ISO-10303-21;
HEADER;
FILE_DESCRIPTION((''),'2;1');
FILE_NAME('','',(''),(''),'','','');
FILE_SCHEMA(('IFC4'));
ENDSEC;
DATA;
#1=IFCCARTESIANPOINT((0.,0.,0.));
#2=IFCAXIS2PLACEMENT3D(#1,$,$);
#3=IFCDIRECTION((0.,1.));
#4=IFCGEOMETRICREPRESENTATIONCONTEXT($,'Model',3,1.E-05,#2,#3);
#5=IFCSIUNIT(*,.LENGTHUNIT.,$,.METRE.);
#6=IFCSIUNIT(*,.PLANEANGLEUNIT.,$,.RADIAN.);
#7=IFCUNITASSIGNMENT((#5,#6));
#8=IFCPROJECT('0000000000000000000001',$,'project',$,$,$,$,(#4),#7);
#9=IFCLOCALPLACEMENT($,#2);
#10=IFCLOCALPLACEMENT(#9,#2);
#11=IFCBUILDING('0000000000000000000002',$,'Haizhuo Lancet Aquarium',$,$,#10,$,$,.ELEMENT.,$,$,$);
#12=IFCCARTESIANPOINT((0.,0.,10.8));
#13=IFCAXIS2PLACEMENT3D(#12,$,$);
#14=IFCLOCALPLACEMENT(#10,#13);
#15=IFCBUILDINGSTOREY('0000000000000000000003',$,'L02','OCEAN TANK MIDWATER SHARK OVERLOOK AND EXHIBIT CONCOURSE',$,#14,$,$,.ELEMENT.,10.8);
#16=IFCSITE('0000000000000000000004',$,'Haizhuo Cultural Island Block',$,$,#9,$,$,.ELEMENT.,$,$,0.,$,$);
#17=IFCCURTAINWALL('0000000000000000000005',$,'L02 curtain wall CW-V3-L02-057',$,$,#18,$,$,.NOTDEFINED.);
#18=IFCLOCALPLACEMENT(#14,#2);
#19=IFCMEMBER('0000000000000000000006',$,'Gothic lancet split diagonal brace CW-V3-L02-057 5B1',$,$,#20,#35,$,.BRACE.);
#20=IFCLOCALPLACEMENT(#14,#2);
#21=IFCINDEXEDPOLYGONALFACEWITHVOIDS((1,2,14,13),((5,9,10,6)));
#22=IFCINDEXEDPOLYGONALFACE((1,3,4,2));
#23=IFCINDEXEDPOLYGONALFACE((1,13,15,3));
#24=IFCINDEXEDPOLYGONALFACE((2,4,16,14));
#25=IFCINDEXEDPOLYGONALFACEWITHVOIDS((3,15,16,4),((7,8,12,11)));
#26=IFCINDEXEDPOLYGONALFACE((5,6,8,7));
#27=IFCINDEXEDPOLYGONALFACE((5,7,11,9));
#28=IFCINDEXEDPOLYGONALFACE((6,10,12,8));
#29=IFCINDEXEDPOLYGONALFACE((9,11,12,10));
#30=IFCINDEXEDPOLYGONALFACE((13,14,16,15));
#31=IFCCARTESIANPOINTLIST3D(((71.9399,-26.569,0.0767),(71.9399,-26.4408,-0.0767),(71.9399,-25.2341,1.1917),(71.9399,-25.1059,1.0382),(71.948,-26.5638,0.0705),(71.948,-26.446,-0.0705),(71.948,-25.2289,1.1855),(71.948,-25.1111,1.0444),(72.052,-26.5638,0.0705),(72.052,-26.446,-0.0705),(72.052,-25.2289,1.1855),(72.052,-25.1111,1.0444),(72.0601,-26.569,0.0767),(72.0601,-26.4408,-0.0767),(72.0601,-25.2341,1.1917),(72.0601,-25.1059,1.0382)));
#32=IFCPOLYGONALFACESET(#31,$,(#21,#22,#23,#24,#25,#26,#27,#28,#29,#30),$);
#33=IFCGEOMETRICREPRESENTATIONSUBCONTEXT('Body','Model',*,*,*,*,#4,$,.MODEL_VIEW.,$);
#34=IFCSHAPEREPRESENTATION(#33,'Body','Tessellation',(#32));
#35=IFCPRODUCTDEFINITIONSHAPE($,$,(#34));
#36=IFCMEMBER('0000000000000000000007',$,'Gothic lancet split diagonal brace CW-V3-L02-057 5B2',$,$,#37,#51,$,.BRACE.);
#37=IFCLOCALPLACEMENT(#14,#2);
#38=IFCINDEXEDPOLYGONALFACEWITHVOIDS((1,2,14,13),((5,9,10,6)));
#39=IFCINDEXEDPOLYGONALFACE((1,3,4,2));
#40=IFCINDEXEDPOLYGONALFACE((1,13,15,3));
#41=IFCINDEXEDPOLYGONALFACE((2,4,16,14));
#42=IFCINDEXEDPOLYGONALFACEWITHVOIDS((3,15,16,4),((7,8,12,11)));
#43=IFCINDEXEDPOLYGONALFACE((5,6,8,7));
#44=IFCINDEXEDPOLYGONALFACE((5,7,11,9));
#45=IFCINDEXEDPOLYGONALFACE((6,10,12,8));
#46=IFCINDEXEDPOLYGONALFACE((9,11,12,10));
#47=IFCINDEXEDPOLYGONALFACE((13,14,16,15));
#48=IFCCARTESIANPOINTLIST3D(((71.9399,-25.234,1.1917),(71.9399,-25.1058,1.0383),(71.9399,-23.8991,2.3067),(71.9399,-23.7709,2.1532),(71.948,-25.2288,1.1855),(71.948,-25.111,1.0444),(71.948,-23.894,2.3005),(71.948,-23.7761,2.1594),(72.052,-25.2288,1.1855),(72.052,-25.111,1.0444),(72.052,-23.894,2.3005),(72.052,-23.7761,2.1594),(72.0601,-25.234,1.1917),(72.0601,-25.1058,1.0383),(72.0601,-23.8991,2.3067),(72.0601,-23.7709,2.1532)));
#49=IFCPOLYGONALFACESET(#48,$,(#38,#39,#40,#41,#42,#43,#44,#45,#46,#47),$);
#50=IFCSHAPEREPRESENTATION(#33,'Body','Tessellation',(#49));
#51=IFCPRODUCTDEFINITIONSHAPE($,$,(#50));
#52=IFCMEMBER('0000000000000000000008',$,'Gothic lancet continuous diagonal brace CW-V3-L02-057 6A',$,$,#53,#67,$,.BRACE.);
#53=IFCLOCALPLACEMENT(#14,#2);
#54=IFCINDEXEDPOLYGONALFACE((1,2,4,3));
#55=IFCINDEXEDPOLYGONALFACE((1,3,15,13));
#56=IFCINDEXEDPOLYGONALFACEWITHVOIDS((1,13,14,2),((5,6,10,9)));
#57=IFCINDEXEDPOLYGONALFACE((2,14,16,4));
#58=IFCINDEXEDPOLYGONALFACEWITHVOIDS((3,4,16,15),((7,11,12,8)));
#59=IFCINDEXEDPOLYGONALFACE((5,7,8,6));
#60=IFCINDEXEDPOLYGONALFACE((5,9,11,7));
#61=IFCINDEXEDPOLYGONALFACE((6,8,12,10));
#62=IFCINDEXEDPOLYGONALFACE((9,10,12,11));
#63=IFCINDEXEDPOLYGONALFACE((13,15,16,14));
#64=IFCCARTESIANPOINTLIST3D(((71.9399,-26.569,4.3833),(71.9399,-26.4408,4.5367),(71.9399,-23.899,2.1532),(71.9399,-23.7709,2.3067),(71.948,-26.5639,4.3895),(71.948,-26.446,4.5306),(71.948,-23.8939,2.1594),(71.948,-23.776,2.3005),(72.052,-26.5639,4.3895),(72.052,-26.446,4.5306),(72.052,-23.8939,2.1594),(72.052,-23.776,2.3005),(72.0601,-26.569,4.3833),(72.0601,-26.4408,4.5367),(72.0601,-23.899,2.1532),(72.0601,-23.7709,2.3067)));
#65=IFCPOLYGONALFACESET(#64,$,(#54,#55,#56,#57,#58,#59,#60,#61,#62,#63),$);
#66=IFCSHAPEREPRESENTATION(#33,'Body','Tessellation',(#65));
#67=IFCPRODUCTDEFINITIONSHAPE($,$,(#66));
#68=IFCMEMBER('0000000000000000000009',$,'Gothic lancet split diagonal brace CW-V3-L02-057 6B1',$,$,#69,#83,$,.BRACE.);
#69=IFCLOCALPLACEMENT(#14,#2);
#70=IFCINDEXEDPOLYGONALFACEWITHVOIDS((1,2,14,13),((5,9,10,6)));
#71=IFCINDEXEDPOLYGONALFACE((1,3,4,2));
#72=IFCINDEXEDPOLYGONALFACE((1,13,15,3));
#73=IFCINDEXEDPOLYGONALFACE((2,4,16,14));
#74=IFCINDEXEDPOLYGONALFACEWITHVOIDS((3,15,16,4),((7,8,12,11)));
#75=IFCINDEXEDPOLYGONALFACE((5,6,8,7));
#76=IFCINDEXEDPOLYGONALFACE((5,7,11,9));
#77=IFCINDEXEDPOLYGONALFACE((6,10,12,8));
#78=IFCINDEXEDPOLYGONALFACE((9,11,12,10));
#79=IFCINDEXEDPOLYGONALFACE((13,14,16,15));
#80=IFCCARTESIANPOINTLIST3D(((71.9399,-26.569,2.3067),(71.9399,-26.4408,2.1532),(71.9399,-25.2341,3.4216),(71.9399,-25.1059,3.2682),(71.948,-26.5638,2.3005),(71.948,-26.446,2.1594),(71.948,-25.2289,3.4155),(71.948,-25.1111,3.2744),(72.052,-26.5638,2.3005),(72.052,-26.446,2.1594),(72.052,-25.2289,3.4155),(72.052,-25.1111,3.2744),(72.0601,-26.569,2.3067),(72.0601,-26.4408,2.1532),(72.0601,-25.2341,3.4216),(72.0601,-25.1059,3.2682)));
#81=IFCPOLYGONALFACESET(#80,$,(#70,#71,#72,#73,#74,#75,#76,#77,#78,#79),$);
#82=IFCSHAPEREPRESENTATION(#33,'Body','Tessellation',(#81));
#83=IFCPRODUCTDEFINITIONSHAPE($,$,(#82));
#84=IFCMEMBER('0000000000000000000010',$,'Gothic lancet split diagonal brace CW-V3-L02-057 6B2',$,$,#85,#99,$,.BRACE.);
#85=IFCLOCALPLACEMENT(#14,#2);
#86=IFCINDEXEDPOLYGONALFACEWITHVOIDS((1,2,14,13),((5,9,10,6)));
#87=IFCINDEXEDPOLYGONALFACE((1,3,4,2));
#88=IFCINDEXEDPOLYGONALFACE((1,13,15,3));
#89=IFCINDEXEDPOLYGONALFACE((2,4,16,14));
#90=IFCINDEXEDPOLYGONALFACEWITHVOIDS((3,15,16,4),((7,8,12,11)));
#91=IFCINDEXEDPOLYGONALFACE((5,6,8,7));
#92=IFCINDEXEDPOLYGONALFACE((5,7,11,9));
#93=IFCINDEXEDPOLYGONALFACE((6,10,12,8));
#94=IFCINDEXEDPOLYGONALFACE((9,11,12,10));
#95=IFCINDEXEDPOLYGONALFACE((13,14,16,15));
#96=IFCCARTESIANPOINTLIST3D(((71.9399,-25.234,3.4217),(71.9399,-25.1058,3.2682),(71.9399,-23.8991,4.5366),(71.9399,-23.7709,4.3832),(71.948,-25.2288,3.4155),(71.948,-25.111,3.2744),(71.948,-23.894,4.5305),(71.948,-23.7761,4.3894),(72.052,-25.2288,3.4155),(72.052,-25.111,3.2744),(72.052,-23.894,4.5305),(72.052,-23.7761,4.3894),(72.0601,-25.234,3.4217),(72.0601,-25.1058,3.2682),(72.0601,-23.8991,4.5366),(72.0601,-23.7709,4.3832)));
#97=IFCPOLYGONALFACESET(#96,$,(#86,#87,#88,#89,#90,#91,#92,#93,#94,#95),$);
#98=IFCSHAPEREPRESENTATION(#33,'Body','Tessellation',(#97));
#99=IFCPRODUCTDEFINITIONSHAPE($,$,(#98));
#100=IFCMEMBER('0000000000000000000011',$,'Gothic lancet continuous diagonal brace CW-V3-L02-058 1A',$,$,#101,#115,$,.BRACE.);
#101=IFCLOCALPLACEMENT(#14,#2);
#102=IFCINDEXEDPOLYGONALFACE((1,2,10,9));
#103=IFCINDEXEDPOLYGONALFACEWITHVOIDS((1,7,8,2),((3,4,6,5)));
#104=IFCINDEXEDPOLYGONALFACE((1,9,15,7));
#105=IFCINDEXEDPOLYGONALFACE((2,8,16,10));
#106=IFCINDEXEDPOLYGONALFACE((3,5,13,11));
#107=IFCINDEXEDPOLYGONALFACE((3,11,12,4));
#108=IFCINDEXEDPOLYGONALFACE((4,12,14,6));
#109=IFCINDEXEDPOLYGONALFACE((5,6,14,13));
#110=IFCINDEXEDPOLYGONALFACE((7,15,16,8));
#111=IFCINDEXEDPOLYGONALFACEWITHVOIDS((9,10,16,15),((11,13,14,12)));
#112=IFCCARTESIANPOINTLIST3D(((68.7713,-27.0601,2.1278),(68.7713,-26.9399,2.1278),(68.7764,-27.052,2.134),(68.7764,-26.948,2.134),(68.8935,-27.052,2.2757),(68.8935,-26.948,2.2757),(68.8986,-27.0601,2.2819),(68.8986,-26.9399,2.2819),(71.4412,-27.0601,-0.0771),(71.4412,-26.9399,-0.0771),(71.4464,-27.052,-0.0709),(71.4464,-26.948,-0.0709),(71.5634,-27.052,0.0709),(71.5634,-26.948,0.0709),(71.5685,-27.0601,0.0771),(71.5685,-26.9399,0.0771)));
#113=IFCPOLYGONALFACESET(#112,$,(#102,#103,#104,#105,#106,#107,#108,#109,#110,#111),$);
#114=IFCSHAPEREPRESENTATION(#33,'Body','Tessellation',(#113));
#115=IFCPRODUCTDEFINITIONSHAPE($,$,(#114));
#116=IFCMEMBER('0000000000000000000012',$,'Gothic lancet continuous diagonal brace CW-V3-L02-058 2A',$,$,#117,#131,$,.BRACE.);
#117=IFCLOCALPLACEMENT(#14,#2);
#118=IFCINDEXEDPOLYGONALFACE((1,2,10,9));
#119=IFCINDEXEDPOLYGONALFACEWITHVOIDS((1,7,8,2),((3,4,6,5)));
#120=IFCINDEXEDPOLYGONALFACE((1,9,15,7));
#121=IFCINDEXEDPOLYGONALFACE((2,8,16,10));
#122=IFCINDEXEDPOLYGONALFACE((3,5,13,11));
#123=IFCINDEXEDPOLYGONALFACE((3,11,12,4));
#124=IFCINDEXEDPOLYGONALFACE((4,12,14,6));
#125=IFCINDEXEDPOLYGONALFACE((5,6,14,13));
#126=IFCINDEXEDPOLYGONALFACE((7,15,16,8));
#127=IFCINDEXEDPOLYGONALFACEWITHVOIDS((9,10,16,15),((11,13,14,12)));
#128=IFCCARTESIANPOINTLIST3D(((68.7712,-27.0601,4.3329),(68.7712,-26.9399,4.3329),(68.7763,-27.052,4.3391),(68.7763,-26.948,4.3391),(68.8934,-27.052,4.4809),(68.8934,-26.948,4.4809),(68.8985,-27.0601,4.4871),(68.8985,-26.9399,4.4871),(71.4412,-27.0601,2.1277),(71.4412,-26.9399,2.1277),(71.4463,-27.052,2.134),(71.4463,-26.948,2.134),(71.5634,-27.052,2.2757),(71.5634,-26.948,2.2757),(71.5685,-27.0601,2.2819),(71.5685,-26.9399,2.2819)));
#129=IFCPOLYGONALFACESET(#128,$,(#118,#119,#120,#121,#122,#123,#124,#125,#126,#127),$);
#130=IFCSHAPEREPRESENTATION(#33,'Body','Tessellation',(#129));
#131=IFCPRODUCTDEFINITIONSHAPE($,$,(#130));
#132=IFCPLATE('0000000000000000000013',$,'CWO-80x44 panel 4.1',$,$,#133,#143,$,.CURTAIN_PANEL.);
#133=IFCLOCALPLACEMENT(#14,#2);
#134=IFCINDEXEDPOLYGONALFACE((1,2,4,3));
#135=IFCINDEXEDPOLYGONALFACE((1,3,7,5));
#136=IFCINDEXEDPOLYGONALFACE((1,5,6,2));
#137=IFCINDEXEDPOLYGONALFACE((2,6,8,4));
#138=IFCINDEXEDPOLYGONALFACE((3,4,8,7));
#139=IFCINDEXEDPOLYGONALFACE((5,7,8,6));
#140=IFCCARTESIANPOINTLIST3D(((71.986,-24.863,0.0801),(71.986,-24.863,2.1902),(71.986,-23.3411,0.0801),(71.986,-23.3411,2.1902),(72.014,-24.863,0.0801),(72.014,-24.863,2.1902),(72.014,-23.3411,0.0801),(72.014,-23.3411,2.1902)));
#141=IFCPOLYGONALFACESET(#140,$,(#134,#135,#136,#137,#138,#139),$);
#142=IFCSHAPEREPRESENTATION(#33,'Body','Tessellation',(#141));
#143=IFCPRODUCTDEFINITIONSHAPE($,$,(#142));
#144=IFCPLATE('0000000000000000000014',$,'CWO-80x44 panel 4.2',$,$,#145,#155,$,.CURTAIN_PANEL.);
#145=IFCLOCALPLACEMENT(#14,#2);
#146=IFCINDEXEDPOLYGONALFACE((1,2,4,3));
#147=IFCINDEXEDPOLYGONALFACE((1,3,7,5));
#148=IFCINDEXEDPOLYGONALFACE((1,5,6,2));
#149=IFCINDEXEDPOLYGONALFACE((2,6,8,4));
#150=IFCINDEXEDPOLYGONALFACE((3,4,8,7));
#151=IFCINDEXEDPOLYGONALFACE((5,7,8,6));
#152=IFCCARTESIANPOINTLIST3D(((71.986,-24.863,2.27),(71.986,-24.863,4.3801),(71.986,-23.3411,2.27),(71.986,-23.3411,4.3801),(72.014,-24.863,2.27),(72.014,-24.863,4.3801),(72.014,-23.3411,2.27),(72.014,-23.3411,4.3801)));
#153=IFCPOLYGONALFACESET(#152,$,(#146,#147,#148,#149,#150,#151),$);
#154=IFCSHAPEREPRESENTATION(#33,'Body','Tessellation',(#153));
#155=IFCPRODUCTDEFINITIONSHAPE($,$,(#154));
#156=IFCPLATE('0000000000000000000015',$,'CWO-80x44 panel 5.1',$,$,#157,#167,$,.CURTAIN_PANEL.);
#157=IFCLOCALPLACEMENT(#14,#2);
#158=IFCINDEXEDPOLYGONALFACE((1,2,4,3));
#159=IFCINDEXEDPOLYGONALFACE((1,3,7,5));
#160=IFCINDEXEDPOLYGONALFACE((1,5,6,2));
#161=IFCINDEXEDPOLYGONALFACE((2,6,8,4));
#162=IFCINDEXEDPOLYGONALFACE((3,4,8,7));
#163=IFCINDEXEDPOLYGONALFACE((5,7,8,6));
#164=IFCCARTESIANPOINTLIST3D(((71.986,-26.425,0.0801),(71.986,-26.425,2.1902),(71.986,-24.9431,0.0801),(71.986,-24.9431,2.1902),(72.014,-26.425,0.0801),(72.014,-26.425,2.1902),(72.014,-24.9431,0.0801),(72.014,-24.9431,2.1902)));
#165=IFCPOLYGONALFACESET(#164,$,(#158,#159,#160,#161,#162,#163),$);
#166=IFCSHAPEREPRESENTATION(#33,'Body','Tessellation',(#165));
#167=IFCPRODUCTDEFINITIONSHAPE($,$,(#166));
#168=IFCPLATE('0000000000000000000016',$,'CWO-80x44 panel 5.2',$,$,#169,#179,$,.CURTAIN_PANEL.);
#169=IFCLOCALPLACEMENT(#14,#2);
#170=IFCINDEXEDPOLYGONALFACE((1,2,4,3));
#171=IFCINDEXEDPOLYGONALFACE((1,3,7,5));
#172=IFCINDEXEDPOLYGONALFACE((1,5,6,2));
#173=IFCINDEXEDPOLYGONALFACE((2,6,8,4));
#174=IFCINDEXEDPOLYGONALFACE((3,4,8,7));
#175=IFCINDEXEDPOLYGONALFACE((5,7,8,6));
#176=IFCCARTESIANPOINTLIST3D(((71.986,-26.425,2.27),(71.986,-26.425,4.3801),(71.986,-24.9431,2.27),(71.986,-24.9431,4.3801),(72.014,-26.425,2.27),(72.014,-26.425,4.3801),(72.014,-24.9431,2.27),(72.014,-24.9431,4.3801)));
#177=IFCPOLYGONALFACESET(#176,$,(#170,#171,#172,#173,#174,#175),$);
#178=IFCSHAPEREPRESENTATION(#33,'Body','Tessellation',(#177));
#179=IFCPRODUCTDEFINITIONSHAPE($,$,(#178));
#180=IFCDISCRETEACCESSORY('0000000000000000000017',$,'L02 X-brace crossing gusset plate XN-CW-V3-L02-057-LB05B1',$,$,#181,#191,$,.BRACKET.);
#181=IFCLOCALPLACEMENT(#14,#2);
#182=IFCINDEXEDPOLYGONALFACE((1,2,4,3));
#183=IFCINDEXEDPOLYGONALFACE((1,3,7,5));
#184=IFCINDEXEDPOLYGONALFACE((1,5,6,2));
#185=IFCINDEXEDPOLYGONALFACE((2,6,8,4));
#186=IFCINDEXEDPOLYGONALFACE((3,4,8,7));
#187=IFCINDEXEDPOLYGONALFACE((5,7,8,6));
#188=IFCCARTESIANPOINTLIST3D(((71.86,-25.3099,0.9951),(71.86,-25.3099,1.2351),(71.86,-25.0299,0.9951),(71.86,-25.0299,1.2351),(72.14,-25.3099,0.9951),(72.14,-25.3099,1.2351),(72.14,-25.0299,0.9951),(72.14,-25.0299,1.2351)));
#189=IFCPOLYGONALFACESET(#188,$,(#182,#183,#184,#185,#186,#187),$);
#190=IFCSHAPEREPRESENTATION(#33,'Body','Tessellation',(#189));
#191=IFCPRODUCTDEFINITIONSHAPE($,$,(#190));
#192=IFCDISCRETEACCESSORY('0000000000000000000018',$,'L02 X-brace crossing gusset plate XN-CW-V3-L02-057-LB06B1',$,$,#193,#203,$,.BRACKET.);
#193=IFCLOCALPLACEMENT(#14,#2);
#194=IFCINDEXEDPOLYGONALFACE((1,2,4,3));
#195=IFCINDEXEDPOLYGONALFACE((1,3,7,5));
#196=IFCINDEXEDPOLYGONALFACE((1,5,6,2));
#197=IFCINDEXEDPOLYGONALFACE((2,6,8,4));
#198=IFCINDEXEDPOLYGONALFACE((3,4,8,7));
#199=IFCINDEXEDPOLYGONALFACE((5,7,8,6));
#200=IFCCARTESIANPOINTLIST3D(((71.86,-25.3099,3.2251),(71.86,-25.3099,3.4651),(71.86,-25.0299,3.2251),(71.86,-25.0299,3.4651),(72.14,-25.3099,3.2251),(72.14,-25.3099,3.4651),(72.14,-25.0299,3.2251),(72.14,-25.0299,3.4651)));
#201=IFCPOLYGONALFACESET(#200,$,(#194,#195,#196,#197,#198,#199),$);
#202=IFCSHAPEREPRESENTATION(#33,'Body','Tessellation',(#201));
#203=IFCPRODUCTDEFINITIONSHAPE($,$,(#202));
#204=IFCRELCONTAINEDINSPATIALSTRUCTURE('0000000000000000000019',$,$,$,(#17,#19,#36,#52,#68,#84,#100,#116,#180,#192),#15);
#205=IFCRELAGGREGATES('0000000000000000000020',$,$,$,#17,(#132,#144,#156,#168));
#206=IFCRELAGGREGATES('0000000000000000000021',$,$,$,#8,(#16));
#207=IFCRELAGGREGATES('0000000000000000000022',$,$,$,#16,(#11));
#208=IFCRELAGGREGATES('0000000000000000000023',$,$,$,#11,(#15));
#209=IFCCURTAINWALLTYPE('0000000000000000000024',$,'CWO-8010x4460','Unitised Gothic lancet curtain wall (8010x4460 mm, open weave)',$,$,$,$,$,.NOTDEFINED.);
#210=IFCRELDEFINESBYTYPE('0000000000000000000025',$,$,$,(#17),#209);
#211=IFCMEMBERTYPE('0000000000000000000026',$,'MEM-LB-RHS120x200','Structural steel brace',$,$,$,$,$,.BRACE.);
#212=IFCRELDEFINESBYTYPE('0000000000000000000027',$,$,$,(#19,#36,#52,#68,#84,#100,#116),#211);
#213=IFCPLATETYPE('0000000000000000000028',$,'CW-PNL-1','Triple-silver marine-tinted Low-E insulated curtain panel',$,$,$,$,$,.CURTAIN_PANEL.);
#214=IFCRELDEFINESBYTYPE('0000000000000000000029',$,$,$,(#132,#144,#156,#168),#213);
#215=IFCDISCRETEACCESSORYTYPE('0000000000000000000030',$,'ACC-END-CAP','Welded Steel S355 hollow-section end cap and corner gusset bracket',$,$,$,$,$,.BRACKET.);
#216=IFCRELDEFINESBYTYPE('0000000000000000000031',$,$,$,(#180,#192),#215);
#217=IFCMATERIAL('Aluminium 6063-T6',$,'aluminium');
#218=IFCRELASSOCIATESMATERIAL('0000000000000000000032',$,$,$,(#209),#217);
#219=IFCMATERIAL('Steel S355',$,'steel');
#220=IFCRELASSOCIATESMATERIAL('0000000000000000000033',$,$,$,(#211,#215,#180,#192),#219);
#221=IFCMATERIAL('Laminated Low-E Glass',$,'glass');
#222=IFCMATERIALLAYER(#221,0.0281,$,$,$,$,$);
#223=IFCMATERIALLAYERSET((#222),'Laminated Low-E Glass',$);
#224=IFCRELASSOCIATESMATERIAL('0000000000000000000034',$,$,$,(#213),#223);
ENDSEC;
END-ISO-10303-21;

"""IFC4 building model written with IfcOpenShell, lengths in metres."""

from ifc_helpers import new_model, si_unit, direction, frame, origin, origin_2d, place, context, subcontext, project, spatial, rectangle, hollow_rectangle, extrude, material, layer, layer_set, material_profile, profile_set, type_object, element, aggregate, save


model = new_model("IFC4")

# Units and contexts
model_context = context("Model", 3, precision=1e-05, world=origin(), true_north=direction((0.0, 1.0)))
body_context = subcontext(model_context, "Body", "Model", "MODEL_VIEW")
ifc_project = project(units=[si_unit("LENGTHUNIT", "METRE"), si_unit("PLANEANGLEUNIT", "RADIAN")], contexts=[model_context])

# Site, building, storey
site_placement = place(None, origin())
site = spatial("IfcSite", under=ifc_project, at=site_placement, Name="Haizhuo Cultural Island Block", CompositionType="ELEMENT", RefElevation=0.0)
building_placement = place(site_placement, origin())
building = spatial("IfcBuilding", under=site, at=building_placement, Name="Haizhuo Lancet Aquarium", CompositionType="ELEMENT")
storey_placement = place(building_placement, frame((0.0, 0.0, 10.8)))
storey = spatial("IfcBuildingStorey", under=building, at=storey_placement, Name="L02", Description="OCEAN TANK MIDWATER SHARK OVERLOOK AND EXHIBIT CONCOURSE", CompositionType="ELEMENT", Elevation=10.8)

# Shared definitions
ifc_material_1 = material(Name="Aluminium 6063-T6", Category="aluminium")

# Curtain wall
curtain_wall_type_1 = type_object("IfcCurtainWallType", Name="CWO-8010x4460", Description="Unitised Gothic lancet curtain wall (8010x4460 mm, open weave)", PredefinedType="NOTDEFINED", material=ifc_material_1)
curtain_wall_1_placement = place(storey_placement, origin())
curtain_wall_1 = element("IfcCurtainWall", 1, at=curtain_wall_1_placement, inside=storey, type_object=curtain_wall_type_1, Name="L02 curtain wall CW-V3-L02-057", PredefinedType="NOTDEFINED")

# Members
ifc_material_2 = material(Name="Steel S355", Category="steel")
ifc_material_profile_1 = material_profile(ifc_material_2, hollow_rectangle(XDim=0.1201, YDim=0.2, WallThickness=0.0081, at=origin_2d()), Name="RHS 120x200x8")
ifc_profile_set_1 = profile_set([ifc_material_profile_1], Name="Steel S355")
member_type_1 = type_object("IfcMemberType", Name="MEM-LB-RHS120x200", Description="Structural steel brace", PredefinedType="BRACE", material=ifc_profile_set_1)
for number, where, z_axis, x_axis, name in (
    (2, (72.0, -26.5049, 0.0), (0.0, 0.767507, 0.64104), (-1.0, 0.0, 0.0), "Gothic lancet split diagonal brace CW-V3-L02-057 5B1"),
    (3, (72.0, -25.1699, 1.115), (0.0, 0.767507, 0.64104), (-1.0, 0.0, 0.0), "Gothic lancet split diagonal brace CW-V3-L02-057 5B2"),
):
    element("IfcMember", number, at=place(storey_placement, frame(where, z_axis=z_axis, x_axis=x_axis)), inside=storey, type_object=member_type_1, Name=name, PredefinedType="BRACE", context=body_context, shape_type="SweptSolid", body=[
        extrude(hollow_rectangle(XDim=0.1201, YDim=0.2, WallThickness=0.0081, at=origin_2d()), origin(), (0.0, 0.0, 1.0), 1.7393),
    ])
member_1_placement = place(storey_placement, frame((72.0, -23.835, 2.23), z_axis=(0.0, -0.767507, 0.64104), x_axis=(1.0, 0.0, 0.0)))
element("IfcMember", 4, at=member_1_placement, inside=storey, type_object=member_type_1, Name="Gothic lancet continuous diagonal brace CW-V3-L02-057 6A", PredefinedType="BRACE", context=body_context, shape_type="SweptSolid", body=[
    extrude(hollow_rectangle(XDim=0.1201, YDim=0.2, WallThickness=0.0081, at=origin_2d()), origin(), (0.0, 0.0, 1.0), 3.4788),
])
for number, where, z_axis, x_axis, name in (
    (5, (72.0, -26.5049, 2.23), (0.0, 0.767507, 0.64104), (-1.0, 0.0, 0.0), "Gothic lancet split diagonal brace CW-V3-L02-057 6B1"),
    (6, (72.0, -25.1699, 3.345), (0.0, 0.767507, 0.64104), (-1.0, 0.0, 0.0), "Gothic lancet split diagonal brace CW-V3-L02-057 6B2"),
):
    element("IfcMember", number, at=place(storey_placement, frame(where, z_axis=z_axis, x_axis=x_axis)), inside=storey, type_object=member_type_1, Name=name, PredefinedType="BRACE", context=body_context, shape_type="SweptSolid", body=[
        extrude(hollow_rectangle(XDim=0.1201, YDim=0.2, WallThickness=0.0081, at=origin_2d()), origin(), (0.0, 0.0, 1.0), 1.7393),
    ])
member_2_placement = place(storey_placement, frame((71.5049, -27.0, 0.0), z_axis=(-0.771069, 0.0, 0.636752), x_axis=(0.0, -1.0, 0.0)))
element("IfcMember", 7, at=member_2_placement, inside=storey, type_object=member_type_1, Name="Gothic lancet continuous diagonal brace CW-V3-L02-058 1A", PredefinedType="BRACE", context=body_context, shape_type="SweptSolid", body=[
    extrude(hollow_rectangle(XDim=0.1201, YDim=0.2, WallThickness=0.0081, at=origin_2d()), origin(), (0.0, 0.0, 1.0), 3.4626),
])
member_3_placement = place(storey_placement, frame((71.5049, -27.0, 2.2048), z_axis=(-0.771034, 0.0, 0.636794), x_axis=(0.0, -1.0, 0.0)))
element("IfcMember", 8, at=member_3_placement, inside=storey, type_object=member_type_1, Name="Gothic lancet continuous diagonal brace CW-V3-L02-058 2A", PredefinedType="BRACE", context=body_context, shape_type="SweptSolid", body=[
    extrude(hollow_rectangle(XDim=0.1201, YDim=0.2, WallThickness=0.0081, at=origin_2d()), origin(), (0.0, 0.0, 1.0), 3.4629),
])

# Plates
ifc_material_3 = material(Name="Laminated Low-E Glass", Category="glass")
ifc_layer = layer(ifc_material_3, 0.0281)
ifc_layer_set = layer_set([ifc_layer], Name="Laminated Low-E Glass")
plate_type = type_object("IfcPlateType", Name="CW-PNL-1", Description="Triple-silver marine-tinted Low-E insulated curtain panel", PredefinedType="CURTAIN_PANEL", material=ifc_layer_set)
plate_1_placement = place(storey_placement, frame((72.0, -24.1021, 0.0801), z_axis=(0.0, 0.0, 1.0), x_axis=(0.0, -1.0, 0.0)))
plate_1 = element("IfcPlate", 9, at=plate_1_placement, type_object=plate_type, Name="CWO-80x44 panel 4.1", PredefinedType="CURTAIN_PANEL", context=body_context, shape_type="SweptSolid", body=[
    extrude(rectangle(XDim=1.522, YDim=0.0281, at=origin_2d()), origin(), (0.0, 0.0, 1.0), 2.1101),
])
plate_2_placement = place(storey_placement, frame((72.0, -24.1021, 2.27), z_axis=(0.0, 0.0, 1.0), x_axis=(0.0, -1.0, 0.0)))
plate_2 = element("IfcPlate", 10, at=plate_2_placement, type_object=plate_type, Name="CWO-80x44 panel 4.2", PredefinedType="CURTAIN_PANEL", context=body_context, shape_type="SweptSolid", body=[
    extrude(rectangle(XDim=1.522, YDim=0.0281, at=origin_2d()), origin(), (0.0, 0.0, 1.0), 2.1101),
])
plate_3_placement = place(storey_placement, frame((72.0, -25.6841, 0.0801), z_axis=(0.0, 0.0, 1.0), x_axis=(0.0, -1.0, 0.0)))
plate_3 = element("IfcPlate", 11, at=plate_3_placement, type_object=plate_type, Name="CWO-80x44 panel 5.1", PredefinedType="CURTAIN_PANEL", context=body_context, shape_type="SweptSolid", body=[
    extrude(rectangle(XDim=1.4819, YDim=0.0281, at=origin_2d()), origin(), (0.0, 0.0, 1.0), 2.1101),
])
plate_4_placement = place(storey_placement, frame((72.0, -25.6841, 2.27), z_axis=(0.0, 0.0, 1.0), x_axis=(0.0, -1.0, 0.0)))
plate_4 = element("IfcPlate", 12, at=plate_4_placement, type_object=plate_type, Name="CWO-80x44 panel 5.2", PredefinedType="CURTAIN_PANEL", context=body_context, shape_type="SweptSolid", body=[
    extrude(rectangle(XDim=1.4819, YDim=0.0281, at=origin_2d()), origin(), (0.0, 0.0, 1.0), 2.1101),
])
aggregate(curtain_wall_1, [plate_1, plate_2, plate_3, plate_4])

# Discrete accessories
discrete_accessory_type = type_object("IfcDiscreteAccessoryType", Name="ACC-END-CAP", Description="Welded Steel S355 hollow-section end cap and corner gusset bracket", PredefinedType="BRACKET", material=ifc_material_2)
for number, where, z_axis, x_axis, name in (
    (13, (72.0, -25.1699, 0.9951), (0.0, 0.0, 1.0), (1.0, 0.0, 0.0), "L02 X-brace crossing gusset plate XN-CW-V3-L02-057-LB05B1"),
    (14, (72.0, -25.1699, 3.2251), (0.0, 0.0, 1.0), (1.0, 0.0, 0.0), "L02 X-brace crossing gusset plate XN-CW-V3-L02-057-LB06B1"),
):
    element("IfcDiscreteAccessory", number, at=place(storey_placement, frame(where, z_axis=z_axis, x_axis=x_axis)), inside=storey, type_object=discrete_accessory_type, material=ifc_material_2, Name=name, PredefinedType="BRACKET", context=body_context, shape_type="SweptSolid", body=[
        extrude(rectangle(XDim=0.28, YDim=0.28, at=origin_2d()), origin(), (0.0, 0.0, 1.0), 0.24),
    ])

save(model, "model.ifc")
